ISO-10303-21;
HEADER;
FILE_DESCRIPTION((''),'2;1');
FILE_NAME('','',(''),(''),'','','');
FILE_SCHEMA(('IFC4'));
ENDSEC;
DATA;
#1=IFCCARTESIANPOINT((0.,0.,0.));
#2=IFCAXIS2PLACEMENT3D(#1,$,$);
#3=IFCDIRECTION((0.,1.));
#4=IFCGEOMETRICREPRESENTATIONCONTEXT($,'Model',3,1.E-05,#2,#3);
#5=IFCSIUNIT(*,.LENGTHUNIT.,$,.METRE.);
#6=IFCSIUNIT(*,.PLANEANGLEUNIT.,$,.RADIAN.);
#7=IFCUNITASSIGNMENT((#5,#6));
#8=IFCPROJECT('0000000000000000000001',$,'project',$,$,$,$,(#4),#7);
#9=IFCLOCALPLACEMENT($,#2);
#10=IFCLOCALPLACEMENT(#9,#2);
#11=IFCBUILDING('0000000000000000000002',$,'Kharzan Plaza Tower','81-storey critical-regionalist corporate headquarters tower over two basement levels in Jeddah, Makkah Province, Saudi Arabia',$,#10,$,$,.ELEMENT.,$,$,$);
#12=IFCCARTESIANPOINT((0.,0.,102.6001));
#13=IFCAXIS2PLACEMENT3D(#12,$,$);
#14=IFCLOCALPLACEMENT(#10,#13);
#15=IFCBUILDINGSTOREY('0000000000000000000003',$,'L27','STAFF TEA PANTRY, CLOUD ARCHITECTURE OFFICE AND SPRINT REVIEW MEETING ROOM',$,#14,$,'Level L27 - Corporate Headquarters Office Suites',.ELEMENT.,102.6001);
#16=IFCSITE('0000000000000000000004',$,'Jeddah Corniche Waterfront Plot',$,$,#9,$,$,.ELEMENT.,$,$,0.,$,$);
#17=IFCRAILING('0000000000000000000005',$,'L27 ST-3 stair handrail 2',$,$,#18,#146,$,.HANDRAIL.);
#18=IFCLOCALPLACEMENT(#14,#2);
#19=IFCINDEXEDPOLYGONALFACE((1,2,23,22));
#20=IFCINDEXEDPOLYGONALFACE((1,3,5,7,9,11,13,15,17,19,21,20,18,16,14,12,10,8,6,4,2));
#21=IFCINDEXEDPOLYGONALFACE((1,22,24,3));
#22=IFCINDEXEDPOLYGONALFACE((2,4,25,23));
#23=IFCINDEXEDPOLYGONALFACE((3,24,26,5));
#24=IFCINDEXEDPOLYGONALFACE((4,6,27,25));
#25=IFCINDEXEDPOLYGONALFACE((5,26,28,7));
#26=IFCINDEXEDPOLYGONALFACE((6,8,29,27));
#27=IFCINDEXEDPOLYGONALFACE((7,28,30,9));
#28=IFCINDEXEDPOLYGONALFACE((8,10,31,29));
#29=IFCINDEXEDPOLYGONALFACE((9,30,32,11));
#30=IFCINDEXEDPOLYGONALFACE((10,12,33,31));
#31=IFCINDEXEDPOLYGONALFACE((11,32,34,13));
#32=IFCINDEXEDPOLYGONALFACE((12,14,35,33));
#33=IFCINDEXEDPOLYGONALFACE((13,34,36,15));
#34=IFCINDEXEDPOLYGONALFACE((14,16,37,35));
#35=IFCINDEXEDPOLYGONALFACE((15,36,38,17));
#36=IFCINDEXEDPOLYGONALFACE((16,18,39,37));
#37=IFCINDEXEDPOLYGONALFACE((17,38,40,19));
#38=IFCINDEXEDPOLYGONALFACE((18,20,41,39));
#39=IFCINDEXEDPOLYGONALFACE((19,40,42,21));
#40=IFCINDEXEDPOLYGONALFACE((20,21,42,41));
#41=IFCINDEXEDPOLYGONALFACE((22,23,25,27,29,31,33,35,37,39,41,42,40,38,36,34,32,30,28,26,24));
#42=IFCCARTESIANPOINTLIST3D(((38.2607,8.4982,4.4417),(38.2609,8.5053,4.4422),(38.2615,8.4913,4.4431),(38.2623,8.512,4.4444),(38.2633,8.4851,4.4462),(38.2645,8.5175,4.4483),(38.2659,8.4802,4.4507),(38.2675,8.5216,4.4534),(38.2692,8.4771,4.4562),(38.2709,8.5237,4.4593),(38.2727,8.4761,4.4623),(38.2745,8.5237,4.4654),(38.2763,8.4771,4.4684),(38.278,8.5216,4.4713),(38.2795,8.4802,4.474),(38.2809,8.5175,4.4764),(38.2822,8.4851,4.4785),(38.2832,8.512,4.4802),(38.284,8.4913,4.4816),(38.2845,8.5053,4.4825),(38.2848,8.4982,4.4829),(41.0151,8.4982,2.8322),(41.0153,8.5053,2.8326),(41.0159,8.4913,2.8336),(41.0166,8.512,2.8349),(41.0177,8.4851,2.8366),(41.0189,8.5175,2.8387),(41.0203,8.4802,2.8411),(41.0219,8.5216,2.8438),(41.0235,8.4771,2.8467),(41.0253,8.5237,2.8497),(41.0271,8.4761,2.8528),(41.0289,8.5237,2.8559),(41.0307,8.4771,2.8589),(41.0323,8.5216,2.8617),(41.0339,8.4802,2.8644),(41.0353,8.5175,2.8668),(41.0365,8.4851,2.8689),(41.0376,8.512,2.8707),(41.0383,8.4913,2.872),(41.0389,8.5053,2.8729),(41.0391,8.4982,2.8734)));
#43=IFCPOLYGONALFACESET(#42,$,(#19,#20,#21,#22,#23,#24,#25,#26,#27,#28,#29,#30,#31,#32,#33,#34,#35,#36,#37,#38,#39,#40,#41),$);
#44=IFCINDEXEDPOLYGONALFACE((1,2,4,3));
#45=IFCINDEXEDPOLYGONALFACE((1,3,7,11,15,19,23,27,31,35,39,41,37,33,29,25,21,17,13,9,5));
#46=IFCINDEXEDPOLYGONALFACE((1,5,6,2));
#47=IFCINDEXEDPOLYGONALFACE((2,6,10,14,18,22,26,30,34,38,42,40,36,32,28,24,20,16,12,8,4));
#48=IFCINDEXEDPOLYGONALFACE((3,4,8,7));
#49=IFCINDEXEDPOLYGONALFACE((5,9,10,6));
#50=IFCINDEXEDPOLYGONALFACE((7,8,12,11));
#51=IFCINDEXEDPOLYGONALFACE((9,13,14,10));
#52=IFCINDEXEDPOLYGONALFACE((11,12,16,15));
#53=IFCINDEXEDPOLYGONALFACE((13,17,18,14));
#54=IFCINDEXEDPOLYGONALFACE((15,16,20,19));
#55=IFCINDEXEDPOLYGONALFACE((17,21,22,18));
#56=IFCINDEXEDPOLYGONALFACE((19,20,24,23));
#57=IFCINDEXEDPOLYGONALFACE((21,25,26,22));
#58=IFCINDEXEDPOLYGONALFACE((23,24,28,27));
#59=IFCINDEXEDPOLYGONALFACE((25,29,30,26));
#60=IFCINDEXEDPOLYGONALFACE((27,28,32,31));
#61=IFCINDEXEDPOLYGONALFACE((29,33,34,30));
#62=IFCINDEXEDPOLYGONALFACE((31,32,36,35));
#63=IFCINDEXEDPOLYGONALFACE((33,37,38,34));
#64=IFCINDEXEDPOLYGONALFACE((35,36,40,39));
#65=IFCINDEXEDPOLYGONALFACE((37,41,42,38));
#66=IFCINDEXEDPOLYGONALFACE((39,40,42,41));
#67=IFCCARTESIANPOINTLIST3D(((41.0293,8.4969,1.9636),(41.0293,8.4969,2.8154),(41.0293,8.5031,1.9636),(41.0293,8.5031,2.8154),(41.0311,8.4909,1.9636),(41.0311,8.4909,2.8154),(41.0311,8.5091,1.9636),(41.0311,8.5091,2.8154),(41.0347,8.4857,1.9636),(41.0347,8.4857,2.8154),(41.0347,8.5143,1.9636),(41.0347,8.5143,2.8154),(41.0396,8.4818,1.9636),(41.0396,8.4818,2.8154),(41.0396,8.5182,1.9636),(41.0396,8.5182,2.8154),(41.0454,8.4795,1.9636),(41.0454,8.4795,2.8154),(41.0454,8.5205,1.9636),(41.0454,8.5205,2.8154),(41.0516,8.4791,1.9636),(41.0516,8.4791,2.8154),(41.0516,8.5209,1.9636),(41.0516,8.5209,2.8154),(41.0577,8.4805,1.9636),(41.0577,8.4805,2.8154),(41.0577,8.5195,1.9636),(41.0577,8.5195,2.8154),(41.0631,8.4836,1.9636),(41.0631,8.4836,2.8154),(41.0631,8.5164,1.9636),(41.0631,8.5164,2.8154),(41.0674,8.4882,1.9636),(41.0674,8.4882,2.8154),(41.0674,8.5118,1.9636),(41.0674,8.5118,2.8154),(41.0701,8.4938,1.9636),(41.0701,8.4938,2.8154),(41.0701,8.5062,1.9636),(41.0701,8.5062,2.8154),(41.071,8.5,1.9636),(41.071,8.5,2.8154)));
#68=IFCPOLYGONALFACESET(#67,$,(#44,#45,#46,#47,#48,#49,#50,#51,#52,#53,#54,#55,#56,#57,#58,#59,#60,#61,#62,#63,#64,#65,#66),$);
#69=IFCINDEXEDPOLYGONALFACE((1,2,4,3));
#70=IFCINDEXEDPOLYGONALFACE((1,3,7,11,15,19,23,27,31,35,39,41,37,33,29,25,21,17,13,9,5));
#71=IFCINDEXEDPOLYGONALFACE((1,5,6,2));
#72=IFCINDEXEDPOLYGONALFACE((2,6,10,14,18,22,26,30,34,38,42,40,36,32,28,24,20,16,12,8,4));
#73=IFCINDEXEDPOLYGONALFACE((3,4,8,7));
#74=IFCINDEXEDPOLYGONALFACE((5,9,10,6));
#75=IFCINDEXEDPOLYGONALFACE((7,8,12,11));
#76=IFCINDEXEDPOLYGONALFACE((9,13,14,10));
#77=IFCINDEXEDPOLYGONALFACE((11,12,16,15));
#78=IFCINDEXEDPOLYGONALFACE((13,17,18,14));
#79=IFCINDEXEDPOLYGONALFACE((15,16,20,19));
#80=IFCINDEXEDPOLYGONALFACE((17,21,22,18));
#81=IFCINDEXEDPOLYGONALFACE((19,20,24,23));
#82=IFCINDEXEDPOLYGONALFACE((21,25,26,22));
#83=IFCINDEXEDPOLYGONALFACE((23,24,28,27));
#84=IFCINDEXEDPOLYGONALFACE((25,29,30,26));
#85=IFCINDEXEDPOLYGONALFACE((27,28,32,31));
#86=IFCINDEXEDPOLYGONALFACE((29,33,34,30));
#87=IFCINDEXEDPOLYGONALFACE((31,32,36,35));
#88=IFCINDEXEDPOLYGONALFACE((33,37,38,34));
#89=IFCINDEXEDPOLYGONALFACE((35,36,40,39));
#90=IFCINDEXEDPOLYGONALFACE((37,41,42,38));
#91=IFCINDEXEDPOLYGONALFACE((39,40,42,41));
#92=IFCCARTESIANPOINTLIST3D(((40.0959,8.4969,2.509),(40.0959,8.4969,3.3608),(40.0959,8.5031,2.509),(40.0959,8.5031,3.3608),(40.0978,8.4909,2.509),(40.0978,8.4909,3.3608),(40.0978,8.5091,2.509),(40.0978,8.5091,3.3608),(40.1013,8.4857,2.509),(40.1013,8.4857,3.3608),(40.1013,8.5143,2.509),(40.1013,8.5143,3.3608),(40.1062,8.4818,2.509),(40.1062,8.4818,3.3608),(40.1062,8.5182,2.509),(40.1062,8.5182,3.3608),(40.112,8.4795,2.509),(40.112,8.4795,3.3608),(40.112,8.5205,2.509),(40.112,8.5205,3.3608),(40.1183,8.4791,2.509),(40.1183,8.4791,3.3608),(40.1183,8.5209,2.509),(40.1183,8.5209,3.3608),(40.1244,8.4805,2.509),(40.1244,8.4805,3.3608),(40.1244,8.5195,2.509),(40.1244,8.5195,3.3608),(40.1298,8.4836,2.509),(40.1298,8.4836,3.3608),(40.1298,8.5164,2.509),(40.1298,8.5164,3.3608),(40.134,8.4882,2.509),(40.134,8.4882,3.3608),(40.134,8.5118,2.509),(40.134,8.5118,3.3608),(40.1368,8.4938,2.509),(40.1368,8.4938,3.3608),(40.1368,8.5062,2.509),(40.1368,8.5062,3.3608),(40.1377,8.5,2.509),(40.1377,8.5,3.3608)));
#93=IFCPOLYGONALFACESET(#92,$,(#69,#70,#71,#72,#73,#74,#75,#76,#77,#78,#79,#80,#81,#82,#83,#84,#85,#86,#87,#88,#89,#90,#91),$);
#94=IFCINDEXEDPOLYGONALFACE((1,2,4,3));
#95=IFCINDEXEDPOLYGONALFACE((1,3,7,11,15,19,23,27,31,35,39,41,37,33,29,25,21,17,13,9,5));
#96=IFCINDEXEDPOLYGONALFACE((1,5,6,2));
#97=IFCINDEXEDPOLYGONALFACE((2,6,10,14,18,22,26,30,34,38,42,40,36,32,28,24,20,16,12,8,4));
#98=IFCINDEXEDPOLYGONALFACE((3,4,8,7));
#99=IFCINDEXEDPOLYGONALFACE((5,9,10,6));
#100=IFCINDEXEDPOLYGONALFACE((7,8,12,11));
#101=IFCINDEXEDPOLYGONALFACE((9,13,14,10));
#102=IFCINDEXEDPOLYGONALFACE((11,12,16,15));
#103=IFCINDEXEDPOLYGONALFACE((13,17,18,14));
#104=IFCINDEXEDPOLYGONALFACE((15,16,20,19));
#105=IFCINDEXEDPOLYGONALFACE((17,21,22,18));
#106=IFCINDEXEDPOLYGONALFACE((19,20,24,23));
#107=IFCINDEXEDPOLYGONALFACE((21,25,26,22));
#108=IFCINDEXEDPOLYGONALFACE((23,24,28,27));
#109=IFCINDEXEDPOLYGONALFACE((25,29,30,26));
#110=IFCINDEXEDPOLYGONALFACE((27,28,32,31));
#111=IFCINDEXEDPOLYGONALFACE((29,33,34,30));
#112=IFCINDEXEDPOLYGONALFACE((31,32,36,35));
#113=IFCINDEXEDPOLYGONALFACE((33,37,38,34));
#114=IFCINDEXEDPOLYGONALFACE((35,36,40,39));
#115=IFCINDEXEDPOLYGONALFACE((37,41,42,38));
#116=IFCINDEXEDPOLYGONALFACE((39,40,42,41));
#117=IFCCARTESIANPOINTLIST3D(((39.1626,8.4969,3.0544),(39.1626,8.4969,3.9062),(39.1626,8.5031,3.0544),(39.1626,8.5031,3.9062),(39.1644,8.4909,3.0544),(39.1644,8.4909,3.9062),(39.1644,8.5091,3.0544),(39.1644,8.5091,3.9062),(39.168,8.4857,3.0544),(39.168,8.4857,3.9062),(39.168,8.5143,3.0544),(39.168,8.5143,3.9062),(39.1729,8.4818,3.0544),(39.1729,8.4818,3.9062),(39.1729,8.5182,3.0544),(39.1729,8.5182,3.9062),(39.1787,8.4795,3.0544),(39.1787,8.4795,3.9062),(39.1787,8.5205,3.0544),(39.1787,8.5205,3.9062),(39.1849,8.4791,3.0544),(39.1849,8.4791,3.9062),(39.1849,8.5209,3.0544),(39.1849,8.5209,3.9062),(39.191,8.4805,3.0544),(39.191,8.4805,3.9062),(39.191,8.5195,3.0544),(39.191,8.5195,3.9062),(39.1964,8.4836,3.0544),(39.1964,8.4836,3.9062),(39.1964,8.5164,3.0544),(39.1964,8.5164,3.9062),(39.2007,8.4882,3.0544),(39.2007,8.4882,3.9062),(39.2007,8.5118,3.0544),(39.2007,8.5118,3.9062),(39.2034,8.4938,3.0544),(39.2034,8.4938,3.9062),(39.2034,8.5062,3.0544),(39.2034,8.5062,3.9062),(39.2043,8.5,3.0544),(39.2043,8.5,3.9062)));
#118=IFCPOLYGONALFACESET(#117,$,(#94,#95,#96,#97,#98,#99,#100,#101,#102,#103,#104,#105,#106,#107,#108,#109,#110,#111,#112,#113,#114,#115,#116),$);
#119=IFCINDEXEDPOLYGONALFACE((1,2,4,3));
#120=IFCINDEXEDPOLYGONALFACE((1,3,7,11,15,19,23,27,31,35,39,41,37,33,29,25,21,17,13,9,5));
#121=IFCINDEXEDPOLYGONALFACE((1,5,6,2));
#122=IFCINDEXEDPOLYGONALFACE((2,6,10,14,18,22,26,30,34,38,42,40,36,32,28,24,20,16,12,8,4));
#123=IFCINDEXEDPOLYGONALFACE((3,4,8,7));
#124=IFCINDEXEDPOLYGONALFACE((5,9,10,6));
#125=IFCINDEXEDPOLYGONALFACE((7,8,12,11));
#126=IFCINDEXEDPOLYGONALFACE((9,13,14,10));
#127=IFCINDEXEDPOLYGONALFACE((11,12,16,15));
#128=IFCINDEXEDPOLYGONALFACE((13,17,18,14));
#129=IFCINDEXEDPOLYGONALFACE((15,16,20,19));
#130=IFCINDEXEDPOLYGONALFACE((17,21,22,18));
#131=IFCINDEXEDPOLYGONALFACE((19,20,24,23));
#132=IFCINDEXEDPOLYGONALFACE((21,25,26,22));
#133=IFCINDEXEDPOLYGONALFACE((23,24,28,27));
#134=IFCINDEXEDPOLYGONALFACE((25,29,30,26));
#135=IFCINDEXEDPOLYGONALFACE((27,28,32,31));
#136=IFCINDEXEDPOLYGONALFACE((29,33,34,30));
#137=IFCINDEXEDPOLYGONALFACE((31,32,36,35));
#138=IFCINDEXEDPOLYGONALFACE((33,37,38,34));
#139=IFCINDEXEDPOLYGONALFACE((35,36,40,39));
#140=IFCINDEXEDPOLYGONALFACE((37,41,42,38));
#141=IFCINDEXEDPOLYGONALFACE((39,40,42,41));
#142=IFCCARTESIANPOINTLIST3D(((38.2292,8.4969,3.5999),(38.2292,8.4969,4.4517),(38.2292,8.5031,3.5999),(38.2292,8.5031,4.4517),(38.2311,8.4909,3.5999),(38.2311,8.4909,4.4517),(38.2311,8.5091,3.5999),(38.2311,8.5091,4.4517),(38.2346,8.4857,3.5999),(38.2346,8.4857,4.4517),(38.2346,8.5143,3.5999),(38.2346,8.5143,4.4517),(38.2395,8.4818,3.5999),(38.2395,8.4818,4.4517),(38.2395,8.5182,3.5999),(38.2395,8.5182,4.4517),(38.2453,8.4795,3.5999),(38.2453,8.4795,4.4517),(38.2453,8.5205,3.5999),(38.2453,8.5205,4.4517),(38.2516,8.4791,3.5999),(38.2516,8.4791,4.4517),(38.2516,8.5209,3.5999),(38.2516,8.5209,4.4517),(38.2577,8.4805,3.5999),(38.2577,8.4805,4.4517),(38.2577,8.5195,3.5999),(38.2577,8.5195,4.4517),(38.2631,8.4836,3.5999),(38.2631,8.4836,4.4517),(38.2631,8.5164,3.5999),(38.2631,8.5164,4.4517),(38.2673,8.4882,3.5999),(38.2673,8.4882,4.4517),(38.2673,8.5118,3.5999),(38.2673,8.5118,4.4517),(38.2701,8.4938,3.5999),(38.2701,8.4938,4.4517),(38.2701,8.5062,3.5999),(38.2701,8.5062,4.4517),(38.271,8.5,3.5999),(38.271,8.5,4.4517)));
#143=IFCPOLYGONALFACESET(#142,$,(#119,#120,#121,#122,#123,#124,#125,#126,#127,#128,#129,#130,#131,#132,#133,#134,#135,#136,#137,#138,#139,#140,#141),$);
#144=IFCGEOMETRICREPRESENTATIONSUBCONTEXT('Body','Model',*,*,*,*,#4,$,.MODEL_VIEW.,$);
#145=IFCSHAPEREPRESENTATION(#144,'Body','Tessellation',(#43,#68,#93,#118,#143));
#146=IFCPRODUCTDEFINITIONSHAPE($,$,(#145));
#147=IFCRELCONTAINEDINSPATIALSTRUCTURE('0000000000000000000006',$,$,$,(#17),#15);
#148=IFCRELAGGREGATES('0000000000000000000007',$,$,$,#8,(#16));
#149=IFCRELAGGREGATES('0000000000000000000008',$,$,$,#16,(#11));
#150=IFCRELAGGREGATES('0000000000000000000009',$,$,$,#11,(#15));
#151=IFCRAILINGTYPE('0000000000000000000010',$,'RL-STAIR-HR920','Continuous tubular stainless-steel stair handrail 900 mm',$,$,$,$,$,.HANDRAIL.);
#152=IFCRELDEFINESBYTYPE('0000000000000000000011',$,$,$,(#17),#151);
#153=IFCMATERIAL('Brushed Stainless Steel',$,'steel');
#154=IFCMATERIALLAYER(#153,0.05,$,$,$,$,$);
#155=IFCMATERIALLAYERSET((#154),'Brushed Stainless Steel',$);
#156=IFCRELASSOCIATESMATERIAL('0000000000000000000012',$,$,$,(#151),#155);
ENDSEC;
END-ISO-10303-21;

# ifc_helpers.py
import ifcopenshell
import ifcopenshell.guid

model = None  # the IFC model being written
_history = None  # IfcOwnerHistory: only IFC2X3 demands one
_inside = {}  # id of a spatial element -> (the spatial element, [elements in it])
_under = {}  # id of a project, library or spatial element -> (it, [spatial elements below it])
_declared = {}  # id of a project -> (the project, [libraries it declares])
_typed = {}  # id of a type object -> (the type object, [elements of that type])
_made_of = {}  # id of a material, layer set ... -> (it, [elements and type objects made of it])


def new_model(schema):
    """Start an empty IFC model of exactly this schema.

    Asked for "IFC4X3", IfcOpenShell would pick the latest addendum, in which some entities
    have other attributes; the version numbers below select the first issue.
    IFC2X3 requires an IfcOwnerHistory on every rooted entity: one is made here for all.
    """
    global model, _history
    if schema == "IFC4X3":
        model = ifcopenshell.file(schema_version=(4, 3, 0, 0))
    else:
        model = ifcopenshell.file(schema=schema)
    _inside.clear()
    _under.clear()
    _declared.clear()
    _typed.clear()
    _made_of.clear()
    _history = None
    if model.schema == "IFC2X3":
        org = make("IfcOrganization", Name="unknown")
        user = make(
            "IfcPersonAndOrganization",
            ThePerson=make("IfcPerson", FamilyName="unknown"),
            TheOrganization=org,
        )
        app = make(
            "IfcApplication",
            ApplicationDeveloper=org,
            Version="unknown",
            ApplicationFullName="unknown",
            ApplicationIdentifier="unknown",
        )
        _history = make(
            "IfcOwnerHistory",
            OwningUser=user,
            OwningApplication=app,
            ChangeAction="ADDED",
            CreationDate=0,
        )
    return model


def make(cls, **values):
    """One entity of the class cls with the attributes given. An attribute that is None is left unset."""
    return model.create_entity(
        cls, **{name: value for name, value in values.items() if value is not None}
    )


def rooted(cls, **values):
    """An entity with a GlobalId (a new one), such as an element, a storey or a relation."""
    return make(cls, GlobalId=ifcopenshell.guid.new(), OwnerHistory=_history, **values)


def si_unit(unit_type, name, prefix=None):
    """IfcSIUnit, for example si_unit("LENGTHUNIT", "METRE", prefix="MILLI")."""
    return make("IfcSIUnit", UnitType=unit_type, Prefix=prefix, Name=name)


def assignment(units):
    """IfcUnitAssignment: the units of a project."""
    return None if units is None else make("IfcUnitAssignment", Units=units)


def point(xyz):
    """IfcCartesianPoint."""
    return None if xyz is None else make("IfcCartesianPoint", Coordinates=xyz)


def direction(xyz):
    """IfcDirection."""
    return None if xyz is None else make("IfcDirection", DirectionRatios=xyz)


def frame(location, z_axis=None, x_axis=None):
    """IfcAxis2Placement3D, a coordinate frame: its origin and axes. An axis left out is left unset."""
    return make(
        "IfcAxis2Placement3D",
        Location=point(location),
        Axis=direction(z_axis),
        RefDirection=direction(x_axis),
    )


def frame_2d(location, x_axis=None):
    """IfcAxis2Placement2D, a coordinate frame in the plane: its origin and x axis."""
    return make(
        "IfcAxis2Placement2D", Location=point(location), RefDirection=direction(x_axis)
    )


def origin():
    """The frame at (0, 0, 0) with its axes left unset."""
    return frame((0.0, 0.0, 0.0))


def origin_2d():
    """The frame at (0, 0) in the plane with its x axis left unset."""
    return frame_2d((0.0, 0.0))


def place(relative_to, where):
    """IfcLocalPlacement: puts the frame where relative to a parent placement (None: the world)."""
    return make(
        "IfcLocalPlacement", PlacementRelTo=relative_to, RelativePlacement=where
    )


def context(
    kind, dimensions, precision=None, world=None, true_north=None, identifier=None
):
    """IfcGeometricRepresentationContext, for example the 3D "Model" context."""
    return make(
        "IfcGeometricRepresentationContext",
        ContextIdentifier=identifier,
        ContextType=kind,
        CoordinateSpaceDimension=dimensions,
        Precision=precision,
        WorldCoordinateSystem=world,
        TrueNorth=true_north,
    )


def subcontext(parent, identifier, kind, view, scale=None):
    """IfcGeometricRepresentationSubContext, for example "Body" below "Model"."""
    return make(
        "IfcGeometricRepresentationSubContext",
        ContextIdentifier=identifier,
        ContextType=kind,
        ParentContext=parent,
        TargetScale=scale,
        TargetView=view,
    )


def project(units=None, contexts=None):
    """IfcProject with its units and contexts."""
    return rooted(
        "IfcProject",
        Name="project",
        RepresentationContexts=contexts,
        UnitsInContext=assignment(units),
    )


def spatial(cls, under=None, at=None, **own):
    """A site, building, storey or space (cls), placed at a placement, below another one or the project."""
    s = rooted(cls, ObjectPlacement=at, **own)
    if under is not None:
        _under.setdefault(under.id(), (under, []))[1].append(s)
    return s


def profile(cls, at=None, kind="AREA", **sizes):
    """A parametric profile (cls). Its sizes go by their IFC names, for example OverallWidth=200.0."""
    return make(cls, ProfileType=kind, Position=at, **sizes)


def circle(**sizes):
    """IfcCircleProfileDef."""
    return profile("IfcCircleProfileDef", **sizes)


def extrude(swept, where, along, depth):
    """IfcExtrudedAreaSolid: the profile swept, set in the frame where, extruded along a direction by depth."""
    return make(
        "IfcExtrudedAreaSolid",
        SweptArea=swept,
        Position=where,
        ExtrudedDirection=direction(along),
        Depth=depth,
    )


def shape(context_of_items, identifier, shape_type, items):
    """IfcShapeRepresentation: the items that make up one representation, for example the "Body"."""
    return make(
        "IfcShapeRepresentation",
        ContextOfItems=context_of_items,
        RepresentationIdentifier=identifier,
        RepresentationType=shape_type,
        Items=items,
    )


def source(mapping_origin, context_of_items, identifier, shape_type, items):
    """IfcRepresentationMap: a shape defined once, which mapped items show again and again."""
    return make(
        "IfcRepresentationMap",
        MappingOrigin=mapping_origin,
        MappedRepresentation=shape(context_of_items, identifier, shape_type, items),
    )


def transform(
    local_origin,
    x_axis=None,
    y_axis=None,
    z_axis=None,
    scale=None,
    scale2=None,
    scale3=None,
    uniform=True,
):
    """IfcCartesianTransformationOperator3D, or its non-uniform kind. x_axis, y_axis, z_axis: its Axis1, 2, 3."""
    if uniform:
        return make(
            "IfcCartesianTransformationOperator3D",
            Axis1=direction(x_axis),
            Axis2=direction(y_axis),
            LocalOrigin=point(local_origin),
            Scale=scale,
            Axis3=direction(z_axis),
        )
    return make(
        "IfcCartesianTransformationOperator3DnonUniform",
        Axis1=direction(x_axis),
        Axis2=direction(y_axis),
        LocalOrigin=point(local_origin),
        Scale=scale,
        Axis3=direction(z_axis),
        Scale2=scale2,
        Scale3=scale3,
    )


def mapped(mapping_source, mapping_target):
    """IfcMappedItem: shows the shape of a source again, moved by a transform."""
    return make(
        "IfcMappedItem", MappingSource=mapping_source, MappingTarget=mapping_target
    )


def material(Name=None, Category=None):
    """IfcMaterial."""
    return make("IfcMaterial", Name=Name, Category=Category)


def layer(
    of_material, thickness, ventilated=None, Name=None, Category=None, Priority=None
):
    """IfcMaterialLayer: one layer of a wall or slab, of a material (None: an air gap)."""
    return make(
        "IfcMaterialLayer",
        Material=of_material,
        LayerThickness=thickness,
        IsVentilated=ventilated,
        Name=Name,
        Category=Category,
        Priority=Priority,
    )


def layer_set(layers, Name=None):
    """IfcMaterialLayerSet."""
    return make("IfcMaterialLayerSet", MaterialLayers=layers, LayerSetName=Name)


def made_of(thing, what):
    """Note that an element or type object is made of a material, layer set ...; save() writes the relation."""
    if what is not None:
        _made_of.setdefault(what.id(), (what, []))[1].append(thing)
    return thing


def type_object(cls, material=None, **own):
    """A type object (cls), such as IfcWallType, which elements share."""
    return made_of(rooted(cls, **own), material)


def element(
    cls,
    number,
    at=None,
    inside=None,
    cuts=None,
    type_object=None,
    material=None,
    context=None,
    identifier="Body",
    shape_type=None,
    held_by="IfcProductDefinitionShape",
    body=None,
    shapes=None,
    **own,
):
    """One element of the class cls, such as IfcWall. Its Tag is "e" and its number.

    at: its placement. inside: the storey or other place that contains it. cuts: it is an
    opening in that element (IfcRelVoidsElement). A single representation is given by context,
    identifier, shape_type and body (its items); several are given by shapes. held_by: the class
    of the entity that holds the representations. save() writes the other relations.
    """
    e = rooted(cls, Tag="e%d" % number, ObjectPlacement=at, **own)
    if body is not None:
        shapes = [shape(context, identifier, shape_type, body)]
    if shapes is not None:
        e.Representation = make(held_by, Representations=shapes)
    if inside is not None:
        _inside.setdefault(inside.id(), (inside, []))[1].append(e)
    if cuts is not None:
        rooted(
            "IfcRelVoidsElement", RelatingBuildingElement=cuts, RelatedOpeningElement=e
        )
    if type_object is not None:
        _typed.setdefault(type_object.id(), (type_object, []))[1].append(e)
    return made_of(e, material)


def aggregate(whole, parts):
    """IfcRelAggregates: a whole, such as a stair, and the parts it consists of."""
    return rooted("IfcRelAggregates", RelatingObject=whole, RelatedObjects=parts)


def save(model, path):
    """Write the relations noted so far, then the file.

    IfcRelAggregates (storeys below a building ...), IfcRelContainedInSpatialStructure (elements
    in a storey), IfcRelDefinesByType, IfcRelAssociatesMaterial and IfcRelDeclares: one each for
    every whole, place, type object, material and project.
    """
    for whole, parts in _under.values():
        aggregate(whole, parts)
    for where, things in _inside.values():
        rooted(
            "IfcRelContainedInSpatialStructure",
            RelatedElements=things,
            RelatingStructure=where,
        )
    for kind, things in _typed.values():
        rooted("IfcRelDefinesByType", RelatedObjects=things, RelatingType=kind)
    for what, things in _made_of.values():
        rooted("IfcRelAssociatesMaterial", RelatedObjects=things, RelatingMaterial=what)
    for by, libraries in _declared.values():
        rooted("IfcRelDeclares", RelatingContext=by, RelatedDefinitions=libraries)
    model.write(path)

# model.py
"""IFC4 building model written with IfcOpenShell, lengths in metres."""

from ifc_helpers import new_model, si_unit, direction, frame, origin, origin_2d, place, context, subcontext, project, spatial, circle, extrude, source, transform, mapped, material, layer, layer_set, type_object, element, save


model = new_model("IFC4")

# Units and contexts
model_context = context("Model", 3, precision=1e-05, world=origin(), true_north=direction((0.0, 1.0)))
body_context = subcontext(model_context, "Body", "Model", "MODEL_VIEW")
ifc_project = project(units=[si_unit("LENGTHUNIT", "METRE"), si_unit("PLANEANGLEUNIT", "RADIAN")], contexts=[model_context])

# Site, building, storey
site_placement = place(None, origin())
site = spatial("IfcSite", under=ifc_project, at=site_placement, Name="Jeddah Corniche Waterfront Plot", CompositionType="ELEMENT", RefElevation=0.0)
building_placement = place(site_placement, origin())
building = spatial("IfcBuilding", under=site, at=building_placement, Name="Kharzan Plaza Tower", Description="81-storey critical-regionalist corporate headquarters tower over two basement levels in Jeddah, Makkah Province, Saudi Arabia", CompositionType="ELEMENT")
storey_placement = place(building_placement, frame((0.0, 0.0, 102.6001)))
storey = spatial("IfcBuildingStorey", under=building, at=storey_placement, Name="L27", Description="STAFF TEA PANTRY, CLOUD ARCHITECTURE OFFICE AND SPRINT REVIEW MEETING ROOM", LongName="Level L27 - Corporate Headquarters Office Suites", CompositionType="ELEMENT", Elevation=102.6001)

# Shared definitions
ifc_material_1 = material(Name="Brushed Stainless Steel", Category="steel")

# Railing
ifc_layer_1 = layer(ifc_material_1, 0.05)
ifc_layer_set_1 = layer_set([ifc_layer_1], Name="Brushed Stainless Steel")
railing_type_1 = type_object("IfcRailingType", Name="RL-STAIR-HR920", Description="Continuous tubular stainless-steel stair handrail 900 mm", PredefinedType="HANDRAIL", material=ifc_layer_set_1)
shared_shape_1 = source(origin(), body_context, "Body", "SweptSolid", [
    extrude(circle(Radius=0.0239, at=origin_2d()), frame((-0.0229, 0.0, 0.8892), z_axis=(-0.863394, 0.0, 0.504531), x_axis=(0.0, -1.0, 0.0)), (0.0, 0.0, 1.0), 3.1902),
    extrude(circle(Radius=0.021, at=origin_2d()), origin(), (0.0, 0.0, 1.0), 0.8518),
    extrude(circle(Radius=0.021, at=origin_2d()), frame((-0.9333, 0.0, 0.5454)), (0.0, 0.0, 1.0), 0.8518),
    extrude(circle(Radius=0.021, at=origin_2d()), frame((-1.8667, 0.0, 1.0908)), (0.0, 0.0, 1.0), 0.8518),
    extrude(circle(Radius=0.021, at=origin_2d()), frame((-2.8, 0.0, 1.6362)), (0.0, 0.0, 1.0), 0.8518),
])
railing_1_placement = place(storey_placement, frame((41.05, 8.5, 1.9636)))
element("IfcRailing", 1, at=railing_1_placement, inside=storey, type_object=railing_type_1, Name="L27 ST-3 stair handrail 2", PredefinedType="HANDRAIL", context=body_context, shape_type="MappedRepresentation", body=[
    mapped(shared_shape_1, transform((0.0, 0.0, 0.0), x_axis=(1.0, 0.0, 0.0), y_axis=(0.0, 1.0, 0.0), z_axis=(0.0, 0.0, 1.0))),
])

save(model, "model.ifc")
